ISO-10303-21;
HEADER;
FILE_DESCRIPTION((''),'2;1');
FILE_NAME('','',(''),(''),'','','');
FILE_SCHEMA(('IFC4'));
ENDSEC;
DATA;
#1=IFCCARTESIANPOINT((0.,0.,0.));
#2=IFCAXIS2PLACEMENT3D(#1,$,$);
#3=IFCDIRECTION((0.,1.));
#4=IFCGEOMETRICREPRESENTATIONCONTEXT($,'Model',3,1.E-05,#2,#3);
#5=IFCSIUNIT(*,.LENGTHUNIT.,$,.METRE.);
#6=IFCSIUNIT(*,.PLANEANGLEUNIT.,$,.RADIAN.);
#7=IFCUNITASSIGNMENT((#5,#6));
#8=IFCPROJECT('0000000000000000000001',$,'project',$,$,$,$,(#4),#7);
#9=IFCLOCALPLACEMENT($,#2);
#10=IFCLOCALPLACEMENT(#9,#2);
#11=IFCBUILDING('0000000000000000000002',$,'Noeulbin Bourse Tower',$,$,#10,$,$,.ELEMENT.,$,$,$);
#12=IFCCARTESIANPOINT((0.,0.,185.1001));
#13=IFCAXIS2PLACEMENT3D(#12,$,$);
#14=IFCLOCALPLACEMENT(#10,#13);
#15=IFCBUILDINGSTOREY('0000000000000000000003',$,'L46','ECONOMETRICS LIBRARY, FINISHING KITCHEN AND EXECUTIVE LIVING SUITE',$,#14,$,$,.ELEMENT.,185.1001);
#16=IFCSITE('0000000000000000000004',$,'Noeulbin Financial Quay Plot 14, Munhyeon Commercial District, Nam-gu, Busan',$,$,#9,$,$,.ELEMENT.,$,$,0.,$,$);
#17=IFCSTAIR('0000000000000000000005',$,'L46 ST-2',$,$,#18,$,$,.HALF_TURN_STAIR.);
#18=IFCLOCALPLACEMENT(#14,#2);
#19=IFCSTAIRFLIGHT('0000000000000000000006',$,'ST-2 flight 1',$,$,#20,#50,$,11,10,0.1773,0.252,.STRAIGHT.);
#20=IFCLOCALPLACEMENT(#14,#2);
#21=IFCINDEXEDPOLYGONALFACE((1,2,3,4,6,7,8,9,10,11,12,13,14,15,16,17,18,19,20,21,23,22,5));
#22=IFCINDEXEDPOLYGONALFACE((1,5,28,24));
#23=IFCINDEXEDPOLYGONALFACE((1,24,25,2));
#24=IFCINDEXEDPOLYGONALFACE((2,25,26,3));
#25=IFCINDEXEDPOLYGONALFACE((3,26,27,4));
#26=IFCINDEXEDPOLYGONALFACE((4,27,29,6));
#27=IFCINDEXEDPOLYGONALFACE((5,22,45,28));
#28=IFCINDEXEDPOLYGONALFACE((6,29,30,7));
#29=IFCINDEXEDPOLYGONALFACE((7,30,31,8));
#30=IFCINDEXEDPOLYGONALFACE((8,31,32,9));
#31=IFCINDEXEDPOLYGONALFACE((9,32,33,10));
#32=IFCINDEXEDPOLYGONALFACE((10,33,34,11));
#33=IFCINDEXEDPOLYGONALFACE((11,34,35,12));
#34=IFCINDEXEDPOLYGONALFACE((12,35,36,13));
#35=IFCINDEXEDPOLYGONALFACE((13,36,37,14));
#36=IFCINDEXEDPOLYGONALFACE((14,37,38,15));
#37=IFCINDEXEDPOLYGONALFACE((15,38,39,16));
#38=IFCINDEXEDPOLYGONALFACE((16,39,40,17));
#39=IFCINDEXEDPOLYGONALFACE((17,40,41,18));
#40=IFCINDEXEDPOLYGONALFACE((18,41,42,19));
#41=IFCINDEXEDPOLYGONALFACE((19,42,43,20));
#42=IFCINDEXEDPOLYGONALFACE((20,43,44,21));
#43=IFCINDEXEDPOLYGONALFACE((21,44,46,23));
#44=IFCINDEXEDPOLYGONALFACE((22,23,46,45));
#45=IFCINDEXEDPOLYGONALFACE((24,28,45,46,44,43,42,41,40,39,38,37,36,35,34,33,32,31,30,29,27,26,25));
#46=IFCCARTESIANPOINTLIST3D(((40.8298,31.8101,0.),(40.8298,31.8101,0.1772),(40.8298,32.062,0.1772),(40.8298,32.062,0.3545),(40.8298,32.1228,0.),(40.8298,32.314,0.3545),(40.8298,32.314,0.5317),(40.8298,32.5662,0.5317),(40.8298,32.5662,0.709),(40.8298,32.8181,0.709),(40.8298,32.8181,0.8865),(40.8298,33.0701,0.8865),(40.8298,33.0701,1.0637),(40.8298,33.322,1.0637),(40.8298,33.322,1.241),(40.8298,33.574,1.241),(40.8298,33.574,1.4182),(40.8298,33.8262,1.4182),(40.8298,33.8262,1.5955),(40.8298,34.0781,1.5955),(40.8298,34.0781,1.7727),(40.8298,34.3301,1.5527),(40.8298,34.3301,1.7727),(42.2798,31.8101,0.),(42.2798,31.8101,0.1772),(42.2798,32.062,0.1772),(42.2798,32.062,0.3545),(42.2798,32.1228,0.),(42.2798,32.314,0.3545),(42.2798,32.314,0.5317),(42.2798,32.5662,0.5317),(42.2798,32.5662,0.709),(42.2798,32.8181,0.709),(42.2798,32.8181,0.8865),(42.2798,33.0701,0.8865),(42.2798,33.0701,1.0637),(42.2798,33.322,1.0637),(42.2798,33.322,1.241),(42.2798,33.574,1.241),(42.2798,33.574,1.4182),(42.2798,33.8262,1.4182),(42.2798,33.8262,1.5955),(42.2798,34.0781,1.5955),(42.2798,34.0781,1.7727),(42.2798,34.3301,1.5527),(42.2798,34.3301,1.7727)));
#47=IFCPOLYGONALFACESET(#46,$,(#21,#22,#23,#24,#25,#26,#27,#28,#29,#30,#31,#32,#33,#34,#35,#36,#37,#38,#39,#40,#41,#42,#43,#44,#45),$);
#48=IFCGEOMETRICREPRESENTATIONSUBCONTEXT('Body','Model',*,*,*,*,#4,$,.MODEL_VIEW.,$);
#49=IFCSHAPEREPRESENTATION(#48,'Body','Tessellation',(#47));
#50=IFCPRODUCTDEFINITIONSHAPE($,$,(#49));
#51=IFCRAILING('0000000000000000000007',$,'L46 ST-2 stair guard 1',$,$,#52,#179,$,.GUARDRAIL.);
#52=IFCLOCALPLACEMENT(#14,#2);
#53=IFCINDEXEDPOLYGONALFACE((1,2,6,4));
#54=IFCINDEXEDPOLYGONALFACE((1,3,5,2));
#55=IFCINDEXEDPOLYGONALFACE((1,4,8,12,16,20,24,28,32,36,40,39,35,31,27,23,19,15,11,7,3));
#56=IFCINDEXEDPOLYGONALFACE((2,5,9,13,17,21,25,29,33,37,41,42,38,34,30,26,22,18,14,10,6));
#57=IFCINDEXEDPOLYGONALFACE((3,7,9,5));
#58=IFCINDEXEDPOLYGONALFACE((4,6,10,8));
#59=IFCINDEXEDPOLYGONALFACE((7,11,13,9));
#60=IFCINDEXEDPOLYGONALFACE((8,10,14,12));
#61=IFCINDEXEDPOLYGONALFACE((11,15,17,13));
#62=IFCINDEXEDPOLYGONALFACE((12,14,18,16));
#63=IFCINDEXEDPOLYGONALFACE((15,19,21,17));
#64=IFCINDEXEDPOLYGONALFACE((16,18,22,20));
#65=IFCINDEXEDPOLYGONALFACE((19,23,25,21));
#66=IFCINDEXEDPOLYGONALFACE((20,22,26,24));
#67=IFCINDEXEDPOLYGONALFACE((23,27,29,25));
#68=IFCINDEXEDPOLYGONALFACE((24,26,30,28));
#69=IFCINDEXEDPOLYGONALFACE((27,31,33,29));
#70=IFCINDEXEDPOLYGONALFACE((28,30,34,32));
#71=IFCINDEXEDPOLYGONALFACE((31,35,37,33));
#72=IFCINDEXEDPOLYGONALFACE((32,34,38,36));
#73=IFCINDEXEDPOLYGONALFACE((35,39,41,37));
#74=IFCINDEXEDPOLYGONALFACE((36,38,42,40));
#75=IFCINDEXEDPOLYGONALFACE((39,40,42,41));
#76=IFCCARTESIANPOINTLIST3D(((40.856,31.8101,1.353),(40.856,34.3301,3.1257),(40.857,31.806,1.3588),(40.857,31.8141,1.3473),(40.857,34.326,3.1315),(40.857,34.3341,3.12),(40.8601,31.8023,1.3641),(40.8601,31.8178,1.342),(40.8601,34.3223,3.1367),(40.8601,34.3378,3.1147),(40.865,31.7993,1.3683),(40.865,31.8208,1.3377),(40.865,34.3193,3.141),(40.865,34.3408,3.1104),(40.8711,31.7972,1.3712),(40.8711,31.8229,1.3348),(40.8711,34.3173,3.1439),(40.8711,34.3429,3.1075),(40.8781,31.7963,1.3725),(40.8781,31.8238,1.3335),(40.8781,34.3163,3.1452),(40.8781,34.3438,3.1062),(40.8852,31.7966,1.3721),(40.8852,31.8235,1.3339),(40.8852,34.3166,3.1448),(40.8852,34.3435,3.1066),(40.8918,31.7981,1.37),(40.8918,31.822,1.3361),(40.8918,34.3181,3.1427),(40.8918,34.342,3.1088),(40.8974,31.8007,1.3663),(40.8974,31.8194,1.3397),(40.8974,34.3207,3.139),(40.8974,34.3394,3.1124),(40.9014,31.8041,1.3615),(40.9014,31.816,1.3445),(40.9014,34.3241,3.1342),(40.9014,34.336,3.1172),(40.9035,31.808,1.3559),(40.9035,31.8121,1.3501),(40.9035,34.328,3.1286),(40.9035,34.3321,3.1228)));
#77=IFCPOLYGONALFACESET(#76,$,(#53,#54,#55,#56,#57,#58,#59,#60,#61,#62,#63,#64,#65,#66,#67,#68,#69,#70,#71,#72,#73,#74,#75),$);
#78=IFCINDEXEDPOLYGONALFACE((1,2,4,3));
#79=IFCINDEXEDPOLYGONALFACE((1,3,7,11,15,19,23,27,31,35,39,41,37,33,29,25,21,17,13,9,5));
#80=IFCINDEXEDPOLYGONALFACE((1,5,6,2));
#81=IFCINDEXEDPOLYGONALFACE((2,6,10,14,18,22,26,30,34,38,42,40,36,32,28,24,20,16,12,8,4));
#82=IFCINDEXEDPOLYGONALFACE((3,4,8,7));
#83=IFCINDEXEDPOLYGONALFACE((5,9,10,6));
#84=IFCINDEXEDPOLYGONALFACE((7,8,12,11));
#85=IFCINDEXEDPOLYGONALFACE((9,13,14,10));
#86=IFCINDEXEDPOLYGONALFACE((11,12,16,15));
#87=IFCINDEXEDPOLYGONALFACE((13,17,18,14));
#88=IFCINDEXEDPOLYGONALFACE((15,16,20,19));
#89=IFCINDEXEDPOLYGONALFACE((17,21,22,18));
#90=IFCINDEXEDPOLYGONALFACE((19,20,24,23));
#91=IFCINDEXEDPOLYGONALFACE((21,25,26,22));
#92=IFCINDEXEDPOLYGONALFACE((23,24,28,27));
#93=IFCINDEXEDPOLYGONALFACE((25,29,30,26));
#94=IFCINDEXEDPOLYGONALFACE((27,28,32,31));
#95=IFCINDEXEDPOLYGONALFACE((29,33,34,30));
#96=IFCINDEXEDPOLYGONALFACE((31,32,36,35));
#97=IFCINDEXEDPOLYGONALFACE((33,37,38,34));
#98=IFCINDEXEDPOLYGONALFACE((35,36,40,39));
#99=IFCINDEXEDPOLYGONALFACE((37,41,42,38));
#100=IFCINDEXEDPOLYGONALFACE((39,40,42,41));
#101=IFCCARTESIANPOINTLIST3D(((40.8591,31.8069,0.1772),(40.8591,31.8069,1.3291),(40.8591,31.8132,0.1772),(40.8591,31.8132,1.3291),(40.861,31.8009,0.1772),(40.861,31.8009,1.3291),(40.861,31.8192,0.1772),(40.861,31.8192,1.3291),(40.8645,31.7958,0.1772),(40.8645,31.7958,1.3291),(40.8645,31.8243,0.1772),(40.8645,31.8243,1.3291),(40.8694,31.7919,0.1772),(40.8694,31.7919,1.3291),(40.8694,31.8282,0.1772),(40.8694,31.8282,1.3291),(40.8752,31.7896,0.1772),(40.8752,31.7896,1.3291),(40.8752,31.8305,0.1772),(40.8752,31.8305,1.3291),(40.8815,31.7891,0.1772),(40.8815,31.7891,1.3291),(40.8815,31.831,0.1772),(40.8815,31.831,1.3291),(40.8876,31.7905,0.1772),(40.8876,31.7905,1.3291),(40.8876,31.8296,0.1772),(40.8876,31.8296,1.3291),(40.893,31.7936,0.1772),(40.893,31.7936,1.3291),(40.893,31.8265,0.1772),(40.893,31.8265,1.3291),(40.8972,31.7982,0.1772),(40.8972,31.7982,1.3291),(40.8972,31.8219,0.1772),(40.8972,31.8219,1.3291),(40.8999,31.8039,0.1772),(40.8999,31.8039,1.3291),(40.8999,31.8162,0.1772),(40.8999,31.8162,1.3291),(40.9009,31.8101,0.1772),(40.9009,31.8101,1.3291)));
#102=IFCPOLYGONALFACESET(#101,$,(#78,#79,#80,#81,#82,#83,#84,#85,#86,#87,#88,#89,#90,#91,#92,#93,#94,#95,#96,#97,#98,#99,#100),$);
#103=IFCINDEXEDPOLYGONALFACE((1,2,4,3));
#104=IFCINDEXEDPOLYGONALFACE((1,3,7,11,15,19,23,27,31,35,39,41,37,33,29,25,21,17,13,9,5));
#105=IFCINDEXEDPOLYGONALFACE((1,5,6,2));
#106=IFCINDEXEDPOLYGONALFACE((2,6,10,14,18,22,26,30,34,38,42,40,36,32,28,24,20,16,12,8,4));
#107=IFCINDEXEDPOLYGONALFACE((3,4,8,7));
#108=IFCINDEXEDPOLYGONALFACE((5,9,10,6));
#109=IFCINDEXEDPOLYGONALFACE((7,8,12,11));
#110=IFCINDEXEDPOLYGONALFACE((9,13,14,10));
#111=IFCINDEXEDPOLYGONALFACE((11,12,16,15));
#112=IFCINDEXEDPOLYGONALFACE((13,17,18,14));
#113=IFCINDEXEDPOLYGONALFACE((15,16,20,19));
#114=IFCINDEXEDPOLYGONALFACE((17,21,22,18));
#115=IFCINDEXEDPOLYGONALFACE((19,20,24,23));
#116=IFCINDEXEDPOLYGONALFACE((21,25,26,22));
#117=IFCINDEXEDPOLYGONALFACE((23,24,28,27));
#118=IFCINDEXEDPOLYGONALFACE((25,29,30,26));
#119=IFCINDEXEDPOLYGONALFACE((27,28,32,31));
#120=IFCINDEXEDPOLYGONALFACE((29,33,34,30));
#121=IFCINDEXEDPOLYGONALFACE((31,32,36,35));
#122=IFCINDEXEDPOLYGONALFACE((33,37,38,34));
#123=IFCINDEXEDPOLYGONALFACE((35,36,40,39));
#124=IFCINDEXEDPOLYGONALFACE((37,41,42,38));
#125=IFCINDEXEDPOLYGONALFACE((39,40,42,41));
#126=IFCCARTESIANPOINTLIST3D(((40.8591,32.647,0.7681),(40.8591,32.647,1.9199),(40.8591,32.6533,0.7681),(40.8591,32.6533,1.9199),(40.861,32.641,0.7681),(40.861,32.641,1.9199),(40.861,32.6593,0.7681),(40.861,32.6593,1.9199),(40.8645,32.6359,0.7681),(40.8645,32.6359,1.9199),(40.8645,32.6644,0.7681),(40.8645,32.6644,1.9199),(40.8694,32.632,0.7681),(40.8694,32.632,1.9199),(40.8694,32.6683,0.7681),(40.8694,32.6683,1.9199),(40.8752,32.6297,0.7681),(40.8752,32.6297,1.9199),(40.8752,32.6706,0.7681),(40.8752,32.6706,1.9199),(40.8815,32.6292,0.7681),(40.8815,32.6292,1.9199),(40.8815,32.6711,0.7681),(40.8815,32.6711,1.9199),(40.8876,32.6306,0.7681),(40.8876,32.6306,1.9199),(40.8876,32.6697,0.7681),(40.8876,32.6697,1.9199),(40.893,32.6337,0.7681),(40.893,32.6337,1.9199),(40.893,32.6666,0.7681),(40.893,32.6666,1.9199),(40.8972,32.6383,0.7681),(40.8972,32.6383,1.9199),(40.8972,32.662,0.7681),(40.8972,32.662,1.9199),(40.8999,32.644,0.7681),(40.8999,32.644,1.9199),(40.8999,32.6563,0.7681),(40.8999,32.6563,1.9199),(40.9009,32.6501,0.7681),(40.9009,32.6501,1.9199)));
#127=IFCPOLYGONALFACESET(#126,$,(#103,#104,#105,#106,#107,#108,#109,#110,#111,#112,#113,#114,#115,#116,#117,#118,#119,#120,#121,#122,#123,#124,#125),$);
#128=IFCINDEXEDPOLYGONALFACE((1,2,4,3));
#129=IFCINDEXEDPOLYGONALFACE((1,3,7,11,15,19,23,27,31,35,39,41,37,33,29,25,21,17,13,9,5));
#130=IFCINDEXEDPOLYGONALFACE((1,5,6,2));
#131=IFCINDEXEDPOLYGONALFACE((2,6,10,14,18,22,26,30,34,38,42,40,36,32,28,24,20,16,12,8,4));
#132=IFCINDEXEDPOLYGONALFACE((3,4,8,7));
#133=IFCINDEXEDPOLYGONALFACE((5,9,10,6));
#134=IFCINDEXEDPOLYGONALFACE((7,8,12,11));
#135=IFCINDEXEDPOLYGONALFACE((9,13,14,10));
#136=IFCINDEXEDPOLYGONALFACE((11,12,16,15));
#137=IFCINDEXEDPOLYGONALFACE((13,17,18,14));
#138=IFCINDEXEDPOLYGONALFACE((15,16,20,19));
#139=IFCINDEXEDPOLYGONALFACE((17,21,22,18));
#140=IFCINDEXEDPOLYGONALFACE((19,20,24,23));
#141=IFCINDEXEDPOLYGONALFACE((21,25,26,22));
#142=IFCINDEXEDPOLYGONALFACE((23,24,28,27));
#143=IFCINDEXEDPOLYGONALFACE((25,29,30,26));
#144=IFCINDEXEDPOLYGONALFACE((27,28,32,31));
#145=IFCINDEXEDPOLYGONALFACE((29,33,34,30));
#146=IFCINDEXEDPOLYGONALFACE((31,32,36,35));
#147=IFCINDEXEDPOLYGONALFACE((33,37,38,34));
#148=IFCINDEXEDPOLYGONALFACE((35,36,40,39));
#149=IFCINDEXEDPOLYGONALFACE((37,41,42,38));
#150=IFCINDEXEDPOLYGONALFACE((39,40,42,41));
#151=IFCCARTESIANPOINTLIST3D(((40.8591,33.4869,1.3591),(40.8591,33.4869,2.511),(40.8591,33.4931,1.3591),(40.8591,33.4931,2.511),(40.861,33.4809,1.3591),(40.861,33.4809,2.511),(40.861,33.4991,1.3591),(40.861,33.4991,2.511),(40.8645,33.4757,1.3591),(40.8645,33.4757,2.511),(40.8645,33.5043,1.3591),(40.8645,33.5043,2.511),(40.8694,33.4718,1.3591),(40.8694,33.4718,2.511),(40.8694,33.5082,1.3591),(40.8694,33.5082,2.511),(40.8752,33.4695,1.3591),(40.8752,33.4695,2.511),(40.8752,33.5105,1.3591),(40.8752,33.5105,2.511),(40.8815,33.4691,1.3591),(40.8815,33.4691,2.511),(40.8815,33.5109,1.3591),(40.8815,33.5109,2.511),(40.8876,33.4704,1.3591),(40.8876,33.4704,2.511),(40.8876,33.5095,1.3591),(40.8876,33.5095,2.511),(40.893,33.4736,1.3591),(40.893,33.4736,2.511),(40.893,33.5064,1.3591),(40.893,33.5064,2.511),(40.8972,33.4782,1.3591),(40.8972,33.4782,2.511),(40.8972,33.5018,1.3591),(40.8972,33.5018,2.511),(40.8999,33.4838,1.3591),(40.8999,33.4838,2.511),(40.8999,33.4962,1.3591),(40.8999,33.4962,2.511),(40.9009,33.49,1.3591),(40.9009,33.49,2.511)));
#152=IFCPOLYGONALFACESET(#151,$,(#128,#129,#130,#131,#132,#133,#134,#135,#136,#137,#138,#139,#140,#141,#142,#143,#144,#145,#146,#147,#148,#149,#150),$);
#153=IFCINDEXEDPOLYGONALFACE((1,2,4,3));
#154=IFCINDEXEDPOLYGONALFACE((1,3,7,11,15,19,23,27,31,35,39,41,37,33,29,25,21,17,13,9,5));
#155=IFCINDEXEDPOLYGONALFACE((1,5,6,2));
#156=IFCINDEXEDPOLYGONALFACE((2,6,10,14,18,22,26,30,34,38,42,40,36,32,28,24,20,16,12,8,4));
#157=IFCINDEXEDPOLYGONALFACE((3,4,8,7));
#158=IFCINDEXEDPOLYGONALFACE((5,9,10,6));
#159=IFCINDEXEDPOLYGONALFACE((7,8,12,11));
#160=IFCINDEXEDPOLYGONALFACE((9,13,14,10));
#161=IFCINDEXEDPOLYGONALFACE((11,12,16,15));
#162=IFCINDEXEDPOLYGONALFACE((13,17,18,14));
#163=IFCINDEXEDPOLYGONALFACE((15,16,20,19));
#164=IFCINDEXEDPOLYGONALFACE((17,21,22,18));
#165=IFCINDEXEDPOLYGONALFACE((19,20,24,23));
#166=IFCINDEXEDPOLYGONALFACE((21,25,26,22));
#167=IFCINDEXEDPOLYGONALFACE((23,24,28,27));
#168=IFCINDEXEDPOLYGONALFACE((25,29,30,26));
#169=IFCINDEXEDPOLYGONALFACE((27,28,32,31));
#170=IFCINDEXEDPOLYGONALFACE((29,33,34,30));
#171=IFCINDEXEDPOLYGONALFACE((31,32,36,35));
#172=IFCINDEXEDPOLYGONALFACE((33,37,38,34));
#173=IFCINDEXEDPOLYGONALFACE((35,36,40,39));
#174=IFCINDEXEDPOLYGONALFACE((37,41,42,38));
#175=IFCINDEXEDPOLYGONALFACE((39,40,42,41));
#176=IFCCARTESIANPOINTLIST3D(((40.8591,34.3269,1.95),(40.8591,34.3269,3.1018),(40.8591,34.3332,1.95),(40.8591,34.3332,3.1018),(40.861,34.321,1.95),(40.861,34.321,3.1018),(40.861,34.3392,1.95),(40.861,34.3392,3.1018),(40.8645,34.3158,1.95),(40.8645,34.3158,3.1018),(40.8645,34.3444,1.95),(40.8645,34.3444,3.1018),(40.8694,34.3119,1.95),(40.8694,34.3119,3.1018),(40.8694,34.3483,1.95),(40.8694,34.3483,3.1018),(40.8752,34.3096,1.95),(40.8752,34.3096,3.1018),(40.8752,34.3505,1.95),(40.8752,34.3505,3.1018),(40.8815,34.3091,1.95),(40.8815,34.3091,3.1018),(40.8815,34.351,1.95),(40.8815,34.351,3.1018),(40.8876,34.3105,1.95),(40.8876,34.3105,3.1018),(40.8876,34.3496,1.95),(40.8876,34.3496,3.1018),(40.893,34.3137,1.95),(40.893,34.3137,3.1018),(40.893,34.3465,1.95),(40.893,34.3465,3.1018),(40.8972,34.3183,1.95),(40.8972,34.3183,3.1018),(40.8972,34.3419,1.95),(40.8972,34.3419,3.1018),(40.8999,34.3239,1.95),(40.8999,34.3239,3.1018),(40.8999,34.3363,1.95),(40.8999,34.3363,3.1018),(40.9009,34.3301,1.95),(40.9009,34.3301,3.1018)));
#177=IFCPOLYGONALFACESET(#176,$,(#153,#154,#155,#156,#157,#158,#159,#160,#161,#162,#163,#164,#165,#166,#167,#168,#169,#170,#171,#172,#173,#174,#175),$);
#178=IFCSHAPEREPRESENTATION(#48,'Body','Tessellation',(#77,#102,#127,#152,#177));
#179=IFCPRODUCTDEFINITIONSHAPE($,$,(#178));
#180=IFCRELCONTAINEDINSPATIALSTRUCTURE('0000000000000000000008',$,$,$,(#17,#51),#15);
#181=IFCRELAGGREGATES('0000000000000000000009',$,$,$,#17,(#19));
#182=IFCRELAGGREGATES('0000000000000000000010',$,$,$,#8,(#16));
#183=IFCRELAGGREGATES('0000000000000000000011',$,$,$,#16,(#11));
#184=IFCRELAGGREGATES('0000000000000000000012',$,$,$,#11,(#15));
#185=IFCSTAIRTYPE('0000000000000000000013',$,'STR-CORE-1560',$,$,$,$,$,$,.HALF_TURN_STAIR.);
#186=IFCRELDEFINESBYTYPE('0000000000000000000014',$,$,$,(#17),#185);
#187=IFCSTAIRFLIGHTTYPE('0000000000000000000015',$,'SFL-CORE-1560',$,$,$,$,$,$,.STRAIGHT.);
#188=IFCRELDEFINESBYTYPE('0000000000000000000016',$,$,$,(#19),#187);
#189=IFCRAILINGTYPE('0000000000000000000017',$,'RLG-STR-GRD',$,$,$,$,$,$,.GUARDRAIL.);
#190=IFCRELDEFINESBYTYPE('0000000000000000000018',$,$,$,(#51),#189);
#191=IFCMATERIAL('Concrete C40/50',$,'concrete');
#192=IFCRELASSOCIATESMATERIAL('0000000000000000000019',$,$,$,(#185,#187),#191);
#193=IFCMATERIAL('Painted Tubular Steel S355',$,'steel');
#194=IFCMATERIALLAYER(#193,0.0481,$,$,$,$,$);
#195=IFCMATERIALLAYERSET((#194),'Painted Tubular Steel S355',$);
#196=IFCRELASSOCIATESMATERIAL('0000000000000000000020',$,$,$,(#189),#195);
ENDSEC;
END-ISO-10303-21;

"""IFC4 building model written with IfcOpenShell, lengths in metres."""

from ifc_helpers import new_model, si_unit, direction, frame, origin, origin_2d, place, context, subcontext, project, spatial, polyline, circle, outline, extrude, material, layer, layer_set, type_object, element, aggregate, save


model = new_model("IFC4")

# Units and contexts
model_context = context("Model", 3, precision=1e-05, world=origin(), true_north=direction((0.0, 1.0)))
body_context = subcontext(model_context, "Body", "Model", "MODEL_VIEW")
ifc_project = project(units=[si_unit("LENGTHUNIT", "METRE"), si_unit("PLANEANGLEUNIT", "RADIAN")], contexts=[model_context])

# Site, building, storey
site_placement = place(None, origin())
site = spatial("IfcSite", under=ifc_project, at=site_placement, Name="Noeulbin Financial Quay Plot 14, Munhyeon Commercial District, Nam-gu, Busan", CompositionType="ELEMENT", RefElevation=0.0)
building_placement = place(site_placement, origin())
building = spatial("IfcBuilding", under=site, at=building_placement, Name="Noeulbin Bourse Tower", CompositionType="ELEMENT")
storey_placement = place(building_placement, frame((0.0, 0.0, 185.1001)))
storey = spatial("IfcBuildingStorey", under=building, at=storey_placement, Name="L46", Description="ECONOMETRICS LIBRARY, FINISHING KITCHEN AND EXECUTIVE LIVING SUITE", CompositionType="ELEMENT", Elevation=185.1001)

# Shared definitions
ifc_material_1 = material(Name="Concrete C40/50", Category="concrete")

# Stair, stair flight
stair_type = type_object("IfcStairType", Name="STR-CORE-1560", PredefinedType="HALF_TURN_STAIR", material=ifc_material_1)
stair_placement = place(storey_placement, origin())
stair = element("IfcStair", 1, at=stair_placement, inside=storey, type_object=stair_type, Name="L46 ST-2", PredefinedType="HALF_TURN_STAIR")
stair_flight_type = type_object("IfcStairFlightType", Name="SFL-CORE-1560", PredefinedType="STRAIGHT", material=ifc_material_1)
stair_flight_placement = place(storey_placement, frame((41.5549, 31.8101, 0.0), z_axis=(0.0, 0.0, 1.0), x_axis=(0.0, 1.0, 0.0)))
stair_flight = element("IfcStairFlight", 2, at=stair_flight_placement, type_object=stair_flight_type, Name="ST-2 flight 1", NumberOfRisers=11, NumberOfTreads=10, PredefinedType="STRAIGHT", RiserHeight=0.1773, TreadLength=0.252, context=body_context, shape_type="SweptSolid", body=[
    extrude(outline(polyline([(0.0, 0.0), (0.0, 0.1772), (0.252, 0.1772), (0.252, 0.3545), (0.5039, 0.3545), (0.5039, 0.5317), (0.7561, 0.5317), (0.7561, 0.709), (1.0081, 0.709), (1.0081, 0.8865), (1.26, 0.8865), (1.26, 1.0637), (1.512, 1.0637), (1.512, 1.241), (1.7639, 1.241), (1.7639, 1.4182), (2.0161, 1.4182), (2.0161, 1.5955), (2.2681, 1.5955), (2.2681, 1.7727), (2.52, 1.7727), (2.52, 1.95), (2.52, 1.5527), (0.3127, 0.0), (0.0, 0.0)])), frame((0.0, 0.7251, 0.0), z_axis=(0.0, -1.0, 0.0), x_axis=(1.0, 0.0, 0.0)), (0.0, 0.0, 1.0), 1.45),
])
aggregate(stair, [stair_flight])

# Railing
ifc_material_2 = material(Name="Painted Tubular Steel S355", Category="steel")
ifc_layer_1 = layer(ifc_material_2, 0.0481)
ifc_layer_set_1 = layer_set([ifc_layer_1], Name="Painted Tubular Steel S355")
railing_type_1 = type_object("IfcRailingType", Name="RLG-STR-GRD", PredefinedType="GUARDRAIL", material=ifc_layer_set_1)
railing_1_placement = place(storey_placement, frame((40.8799, 31.8101, 0.1772)))
element("IfcRailing", 3, at=railing_1_placement, inside=storey, type_object=railing_type_1, Name="L46 ST-2 stair guard 1", PredefinedType="GUARDRAIL", context=body_context, shape_type="SweptSolid", body=[
    extrude(circle(Radius=0.0239, at=origin_2d()), frame((0.0, 0.0, 1.1758), z_axis=(0.0, 0.817904, 0.575354), x_axis=(-1.0, 0.0, 0.0)), (0.0, 0.0, 1.0), 3.0811),
    extrude(circle(Radius=0.021, at=origin_2d()), origin(), (0.0, 0.0, 1.0), 1.1519),
    extrude(circle(Radius=0.021, at=origin_2d()), frame((0.0, 0.8401, 0.5908)), (0.0, 0.0, 1.0), 1.1519),
    extrude(circle(Radius=0.021, at=origin_2d()), frame((0.0, 1.6799, 1.1819)), (0.0, 0.0, 1.0), 1.1519),
    extrude(circle(Radius=0.021, at=origin_2d()), frame((0.0, 2.52, 1.7727)), (0.0, 0.0, 1.0), 1.1519),
])

save(model, "model.ifc")
